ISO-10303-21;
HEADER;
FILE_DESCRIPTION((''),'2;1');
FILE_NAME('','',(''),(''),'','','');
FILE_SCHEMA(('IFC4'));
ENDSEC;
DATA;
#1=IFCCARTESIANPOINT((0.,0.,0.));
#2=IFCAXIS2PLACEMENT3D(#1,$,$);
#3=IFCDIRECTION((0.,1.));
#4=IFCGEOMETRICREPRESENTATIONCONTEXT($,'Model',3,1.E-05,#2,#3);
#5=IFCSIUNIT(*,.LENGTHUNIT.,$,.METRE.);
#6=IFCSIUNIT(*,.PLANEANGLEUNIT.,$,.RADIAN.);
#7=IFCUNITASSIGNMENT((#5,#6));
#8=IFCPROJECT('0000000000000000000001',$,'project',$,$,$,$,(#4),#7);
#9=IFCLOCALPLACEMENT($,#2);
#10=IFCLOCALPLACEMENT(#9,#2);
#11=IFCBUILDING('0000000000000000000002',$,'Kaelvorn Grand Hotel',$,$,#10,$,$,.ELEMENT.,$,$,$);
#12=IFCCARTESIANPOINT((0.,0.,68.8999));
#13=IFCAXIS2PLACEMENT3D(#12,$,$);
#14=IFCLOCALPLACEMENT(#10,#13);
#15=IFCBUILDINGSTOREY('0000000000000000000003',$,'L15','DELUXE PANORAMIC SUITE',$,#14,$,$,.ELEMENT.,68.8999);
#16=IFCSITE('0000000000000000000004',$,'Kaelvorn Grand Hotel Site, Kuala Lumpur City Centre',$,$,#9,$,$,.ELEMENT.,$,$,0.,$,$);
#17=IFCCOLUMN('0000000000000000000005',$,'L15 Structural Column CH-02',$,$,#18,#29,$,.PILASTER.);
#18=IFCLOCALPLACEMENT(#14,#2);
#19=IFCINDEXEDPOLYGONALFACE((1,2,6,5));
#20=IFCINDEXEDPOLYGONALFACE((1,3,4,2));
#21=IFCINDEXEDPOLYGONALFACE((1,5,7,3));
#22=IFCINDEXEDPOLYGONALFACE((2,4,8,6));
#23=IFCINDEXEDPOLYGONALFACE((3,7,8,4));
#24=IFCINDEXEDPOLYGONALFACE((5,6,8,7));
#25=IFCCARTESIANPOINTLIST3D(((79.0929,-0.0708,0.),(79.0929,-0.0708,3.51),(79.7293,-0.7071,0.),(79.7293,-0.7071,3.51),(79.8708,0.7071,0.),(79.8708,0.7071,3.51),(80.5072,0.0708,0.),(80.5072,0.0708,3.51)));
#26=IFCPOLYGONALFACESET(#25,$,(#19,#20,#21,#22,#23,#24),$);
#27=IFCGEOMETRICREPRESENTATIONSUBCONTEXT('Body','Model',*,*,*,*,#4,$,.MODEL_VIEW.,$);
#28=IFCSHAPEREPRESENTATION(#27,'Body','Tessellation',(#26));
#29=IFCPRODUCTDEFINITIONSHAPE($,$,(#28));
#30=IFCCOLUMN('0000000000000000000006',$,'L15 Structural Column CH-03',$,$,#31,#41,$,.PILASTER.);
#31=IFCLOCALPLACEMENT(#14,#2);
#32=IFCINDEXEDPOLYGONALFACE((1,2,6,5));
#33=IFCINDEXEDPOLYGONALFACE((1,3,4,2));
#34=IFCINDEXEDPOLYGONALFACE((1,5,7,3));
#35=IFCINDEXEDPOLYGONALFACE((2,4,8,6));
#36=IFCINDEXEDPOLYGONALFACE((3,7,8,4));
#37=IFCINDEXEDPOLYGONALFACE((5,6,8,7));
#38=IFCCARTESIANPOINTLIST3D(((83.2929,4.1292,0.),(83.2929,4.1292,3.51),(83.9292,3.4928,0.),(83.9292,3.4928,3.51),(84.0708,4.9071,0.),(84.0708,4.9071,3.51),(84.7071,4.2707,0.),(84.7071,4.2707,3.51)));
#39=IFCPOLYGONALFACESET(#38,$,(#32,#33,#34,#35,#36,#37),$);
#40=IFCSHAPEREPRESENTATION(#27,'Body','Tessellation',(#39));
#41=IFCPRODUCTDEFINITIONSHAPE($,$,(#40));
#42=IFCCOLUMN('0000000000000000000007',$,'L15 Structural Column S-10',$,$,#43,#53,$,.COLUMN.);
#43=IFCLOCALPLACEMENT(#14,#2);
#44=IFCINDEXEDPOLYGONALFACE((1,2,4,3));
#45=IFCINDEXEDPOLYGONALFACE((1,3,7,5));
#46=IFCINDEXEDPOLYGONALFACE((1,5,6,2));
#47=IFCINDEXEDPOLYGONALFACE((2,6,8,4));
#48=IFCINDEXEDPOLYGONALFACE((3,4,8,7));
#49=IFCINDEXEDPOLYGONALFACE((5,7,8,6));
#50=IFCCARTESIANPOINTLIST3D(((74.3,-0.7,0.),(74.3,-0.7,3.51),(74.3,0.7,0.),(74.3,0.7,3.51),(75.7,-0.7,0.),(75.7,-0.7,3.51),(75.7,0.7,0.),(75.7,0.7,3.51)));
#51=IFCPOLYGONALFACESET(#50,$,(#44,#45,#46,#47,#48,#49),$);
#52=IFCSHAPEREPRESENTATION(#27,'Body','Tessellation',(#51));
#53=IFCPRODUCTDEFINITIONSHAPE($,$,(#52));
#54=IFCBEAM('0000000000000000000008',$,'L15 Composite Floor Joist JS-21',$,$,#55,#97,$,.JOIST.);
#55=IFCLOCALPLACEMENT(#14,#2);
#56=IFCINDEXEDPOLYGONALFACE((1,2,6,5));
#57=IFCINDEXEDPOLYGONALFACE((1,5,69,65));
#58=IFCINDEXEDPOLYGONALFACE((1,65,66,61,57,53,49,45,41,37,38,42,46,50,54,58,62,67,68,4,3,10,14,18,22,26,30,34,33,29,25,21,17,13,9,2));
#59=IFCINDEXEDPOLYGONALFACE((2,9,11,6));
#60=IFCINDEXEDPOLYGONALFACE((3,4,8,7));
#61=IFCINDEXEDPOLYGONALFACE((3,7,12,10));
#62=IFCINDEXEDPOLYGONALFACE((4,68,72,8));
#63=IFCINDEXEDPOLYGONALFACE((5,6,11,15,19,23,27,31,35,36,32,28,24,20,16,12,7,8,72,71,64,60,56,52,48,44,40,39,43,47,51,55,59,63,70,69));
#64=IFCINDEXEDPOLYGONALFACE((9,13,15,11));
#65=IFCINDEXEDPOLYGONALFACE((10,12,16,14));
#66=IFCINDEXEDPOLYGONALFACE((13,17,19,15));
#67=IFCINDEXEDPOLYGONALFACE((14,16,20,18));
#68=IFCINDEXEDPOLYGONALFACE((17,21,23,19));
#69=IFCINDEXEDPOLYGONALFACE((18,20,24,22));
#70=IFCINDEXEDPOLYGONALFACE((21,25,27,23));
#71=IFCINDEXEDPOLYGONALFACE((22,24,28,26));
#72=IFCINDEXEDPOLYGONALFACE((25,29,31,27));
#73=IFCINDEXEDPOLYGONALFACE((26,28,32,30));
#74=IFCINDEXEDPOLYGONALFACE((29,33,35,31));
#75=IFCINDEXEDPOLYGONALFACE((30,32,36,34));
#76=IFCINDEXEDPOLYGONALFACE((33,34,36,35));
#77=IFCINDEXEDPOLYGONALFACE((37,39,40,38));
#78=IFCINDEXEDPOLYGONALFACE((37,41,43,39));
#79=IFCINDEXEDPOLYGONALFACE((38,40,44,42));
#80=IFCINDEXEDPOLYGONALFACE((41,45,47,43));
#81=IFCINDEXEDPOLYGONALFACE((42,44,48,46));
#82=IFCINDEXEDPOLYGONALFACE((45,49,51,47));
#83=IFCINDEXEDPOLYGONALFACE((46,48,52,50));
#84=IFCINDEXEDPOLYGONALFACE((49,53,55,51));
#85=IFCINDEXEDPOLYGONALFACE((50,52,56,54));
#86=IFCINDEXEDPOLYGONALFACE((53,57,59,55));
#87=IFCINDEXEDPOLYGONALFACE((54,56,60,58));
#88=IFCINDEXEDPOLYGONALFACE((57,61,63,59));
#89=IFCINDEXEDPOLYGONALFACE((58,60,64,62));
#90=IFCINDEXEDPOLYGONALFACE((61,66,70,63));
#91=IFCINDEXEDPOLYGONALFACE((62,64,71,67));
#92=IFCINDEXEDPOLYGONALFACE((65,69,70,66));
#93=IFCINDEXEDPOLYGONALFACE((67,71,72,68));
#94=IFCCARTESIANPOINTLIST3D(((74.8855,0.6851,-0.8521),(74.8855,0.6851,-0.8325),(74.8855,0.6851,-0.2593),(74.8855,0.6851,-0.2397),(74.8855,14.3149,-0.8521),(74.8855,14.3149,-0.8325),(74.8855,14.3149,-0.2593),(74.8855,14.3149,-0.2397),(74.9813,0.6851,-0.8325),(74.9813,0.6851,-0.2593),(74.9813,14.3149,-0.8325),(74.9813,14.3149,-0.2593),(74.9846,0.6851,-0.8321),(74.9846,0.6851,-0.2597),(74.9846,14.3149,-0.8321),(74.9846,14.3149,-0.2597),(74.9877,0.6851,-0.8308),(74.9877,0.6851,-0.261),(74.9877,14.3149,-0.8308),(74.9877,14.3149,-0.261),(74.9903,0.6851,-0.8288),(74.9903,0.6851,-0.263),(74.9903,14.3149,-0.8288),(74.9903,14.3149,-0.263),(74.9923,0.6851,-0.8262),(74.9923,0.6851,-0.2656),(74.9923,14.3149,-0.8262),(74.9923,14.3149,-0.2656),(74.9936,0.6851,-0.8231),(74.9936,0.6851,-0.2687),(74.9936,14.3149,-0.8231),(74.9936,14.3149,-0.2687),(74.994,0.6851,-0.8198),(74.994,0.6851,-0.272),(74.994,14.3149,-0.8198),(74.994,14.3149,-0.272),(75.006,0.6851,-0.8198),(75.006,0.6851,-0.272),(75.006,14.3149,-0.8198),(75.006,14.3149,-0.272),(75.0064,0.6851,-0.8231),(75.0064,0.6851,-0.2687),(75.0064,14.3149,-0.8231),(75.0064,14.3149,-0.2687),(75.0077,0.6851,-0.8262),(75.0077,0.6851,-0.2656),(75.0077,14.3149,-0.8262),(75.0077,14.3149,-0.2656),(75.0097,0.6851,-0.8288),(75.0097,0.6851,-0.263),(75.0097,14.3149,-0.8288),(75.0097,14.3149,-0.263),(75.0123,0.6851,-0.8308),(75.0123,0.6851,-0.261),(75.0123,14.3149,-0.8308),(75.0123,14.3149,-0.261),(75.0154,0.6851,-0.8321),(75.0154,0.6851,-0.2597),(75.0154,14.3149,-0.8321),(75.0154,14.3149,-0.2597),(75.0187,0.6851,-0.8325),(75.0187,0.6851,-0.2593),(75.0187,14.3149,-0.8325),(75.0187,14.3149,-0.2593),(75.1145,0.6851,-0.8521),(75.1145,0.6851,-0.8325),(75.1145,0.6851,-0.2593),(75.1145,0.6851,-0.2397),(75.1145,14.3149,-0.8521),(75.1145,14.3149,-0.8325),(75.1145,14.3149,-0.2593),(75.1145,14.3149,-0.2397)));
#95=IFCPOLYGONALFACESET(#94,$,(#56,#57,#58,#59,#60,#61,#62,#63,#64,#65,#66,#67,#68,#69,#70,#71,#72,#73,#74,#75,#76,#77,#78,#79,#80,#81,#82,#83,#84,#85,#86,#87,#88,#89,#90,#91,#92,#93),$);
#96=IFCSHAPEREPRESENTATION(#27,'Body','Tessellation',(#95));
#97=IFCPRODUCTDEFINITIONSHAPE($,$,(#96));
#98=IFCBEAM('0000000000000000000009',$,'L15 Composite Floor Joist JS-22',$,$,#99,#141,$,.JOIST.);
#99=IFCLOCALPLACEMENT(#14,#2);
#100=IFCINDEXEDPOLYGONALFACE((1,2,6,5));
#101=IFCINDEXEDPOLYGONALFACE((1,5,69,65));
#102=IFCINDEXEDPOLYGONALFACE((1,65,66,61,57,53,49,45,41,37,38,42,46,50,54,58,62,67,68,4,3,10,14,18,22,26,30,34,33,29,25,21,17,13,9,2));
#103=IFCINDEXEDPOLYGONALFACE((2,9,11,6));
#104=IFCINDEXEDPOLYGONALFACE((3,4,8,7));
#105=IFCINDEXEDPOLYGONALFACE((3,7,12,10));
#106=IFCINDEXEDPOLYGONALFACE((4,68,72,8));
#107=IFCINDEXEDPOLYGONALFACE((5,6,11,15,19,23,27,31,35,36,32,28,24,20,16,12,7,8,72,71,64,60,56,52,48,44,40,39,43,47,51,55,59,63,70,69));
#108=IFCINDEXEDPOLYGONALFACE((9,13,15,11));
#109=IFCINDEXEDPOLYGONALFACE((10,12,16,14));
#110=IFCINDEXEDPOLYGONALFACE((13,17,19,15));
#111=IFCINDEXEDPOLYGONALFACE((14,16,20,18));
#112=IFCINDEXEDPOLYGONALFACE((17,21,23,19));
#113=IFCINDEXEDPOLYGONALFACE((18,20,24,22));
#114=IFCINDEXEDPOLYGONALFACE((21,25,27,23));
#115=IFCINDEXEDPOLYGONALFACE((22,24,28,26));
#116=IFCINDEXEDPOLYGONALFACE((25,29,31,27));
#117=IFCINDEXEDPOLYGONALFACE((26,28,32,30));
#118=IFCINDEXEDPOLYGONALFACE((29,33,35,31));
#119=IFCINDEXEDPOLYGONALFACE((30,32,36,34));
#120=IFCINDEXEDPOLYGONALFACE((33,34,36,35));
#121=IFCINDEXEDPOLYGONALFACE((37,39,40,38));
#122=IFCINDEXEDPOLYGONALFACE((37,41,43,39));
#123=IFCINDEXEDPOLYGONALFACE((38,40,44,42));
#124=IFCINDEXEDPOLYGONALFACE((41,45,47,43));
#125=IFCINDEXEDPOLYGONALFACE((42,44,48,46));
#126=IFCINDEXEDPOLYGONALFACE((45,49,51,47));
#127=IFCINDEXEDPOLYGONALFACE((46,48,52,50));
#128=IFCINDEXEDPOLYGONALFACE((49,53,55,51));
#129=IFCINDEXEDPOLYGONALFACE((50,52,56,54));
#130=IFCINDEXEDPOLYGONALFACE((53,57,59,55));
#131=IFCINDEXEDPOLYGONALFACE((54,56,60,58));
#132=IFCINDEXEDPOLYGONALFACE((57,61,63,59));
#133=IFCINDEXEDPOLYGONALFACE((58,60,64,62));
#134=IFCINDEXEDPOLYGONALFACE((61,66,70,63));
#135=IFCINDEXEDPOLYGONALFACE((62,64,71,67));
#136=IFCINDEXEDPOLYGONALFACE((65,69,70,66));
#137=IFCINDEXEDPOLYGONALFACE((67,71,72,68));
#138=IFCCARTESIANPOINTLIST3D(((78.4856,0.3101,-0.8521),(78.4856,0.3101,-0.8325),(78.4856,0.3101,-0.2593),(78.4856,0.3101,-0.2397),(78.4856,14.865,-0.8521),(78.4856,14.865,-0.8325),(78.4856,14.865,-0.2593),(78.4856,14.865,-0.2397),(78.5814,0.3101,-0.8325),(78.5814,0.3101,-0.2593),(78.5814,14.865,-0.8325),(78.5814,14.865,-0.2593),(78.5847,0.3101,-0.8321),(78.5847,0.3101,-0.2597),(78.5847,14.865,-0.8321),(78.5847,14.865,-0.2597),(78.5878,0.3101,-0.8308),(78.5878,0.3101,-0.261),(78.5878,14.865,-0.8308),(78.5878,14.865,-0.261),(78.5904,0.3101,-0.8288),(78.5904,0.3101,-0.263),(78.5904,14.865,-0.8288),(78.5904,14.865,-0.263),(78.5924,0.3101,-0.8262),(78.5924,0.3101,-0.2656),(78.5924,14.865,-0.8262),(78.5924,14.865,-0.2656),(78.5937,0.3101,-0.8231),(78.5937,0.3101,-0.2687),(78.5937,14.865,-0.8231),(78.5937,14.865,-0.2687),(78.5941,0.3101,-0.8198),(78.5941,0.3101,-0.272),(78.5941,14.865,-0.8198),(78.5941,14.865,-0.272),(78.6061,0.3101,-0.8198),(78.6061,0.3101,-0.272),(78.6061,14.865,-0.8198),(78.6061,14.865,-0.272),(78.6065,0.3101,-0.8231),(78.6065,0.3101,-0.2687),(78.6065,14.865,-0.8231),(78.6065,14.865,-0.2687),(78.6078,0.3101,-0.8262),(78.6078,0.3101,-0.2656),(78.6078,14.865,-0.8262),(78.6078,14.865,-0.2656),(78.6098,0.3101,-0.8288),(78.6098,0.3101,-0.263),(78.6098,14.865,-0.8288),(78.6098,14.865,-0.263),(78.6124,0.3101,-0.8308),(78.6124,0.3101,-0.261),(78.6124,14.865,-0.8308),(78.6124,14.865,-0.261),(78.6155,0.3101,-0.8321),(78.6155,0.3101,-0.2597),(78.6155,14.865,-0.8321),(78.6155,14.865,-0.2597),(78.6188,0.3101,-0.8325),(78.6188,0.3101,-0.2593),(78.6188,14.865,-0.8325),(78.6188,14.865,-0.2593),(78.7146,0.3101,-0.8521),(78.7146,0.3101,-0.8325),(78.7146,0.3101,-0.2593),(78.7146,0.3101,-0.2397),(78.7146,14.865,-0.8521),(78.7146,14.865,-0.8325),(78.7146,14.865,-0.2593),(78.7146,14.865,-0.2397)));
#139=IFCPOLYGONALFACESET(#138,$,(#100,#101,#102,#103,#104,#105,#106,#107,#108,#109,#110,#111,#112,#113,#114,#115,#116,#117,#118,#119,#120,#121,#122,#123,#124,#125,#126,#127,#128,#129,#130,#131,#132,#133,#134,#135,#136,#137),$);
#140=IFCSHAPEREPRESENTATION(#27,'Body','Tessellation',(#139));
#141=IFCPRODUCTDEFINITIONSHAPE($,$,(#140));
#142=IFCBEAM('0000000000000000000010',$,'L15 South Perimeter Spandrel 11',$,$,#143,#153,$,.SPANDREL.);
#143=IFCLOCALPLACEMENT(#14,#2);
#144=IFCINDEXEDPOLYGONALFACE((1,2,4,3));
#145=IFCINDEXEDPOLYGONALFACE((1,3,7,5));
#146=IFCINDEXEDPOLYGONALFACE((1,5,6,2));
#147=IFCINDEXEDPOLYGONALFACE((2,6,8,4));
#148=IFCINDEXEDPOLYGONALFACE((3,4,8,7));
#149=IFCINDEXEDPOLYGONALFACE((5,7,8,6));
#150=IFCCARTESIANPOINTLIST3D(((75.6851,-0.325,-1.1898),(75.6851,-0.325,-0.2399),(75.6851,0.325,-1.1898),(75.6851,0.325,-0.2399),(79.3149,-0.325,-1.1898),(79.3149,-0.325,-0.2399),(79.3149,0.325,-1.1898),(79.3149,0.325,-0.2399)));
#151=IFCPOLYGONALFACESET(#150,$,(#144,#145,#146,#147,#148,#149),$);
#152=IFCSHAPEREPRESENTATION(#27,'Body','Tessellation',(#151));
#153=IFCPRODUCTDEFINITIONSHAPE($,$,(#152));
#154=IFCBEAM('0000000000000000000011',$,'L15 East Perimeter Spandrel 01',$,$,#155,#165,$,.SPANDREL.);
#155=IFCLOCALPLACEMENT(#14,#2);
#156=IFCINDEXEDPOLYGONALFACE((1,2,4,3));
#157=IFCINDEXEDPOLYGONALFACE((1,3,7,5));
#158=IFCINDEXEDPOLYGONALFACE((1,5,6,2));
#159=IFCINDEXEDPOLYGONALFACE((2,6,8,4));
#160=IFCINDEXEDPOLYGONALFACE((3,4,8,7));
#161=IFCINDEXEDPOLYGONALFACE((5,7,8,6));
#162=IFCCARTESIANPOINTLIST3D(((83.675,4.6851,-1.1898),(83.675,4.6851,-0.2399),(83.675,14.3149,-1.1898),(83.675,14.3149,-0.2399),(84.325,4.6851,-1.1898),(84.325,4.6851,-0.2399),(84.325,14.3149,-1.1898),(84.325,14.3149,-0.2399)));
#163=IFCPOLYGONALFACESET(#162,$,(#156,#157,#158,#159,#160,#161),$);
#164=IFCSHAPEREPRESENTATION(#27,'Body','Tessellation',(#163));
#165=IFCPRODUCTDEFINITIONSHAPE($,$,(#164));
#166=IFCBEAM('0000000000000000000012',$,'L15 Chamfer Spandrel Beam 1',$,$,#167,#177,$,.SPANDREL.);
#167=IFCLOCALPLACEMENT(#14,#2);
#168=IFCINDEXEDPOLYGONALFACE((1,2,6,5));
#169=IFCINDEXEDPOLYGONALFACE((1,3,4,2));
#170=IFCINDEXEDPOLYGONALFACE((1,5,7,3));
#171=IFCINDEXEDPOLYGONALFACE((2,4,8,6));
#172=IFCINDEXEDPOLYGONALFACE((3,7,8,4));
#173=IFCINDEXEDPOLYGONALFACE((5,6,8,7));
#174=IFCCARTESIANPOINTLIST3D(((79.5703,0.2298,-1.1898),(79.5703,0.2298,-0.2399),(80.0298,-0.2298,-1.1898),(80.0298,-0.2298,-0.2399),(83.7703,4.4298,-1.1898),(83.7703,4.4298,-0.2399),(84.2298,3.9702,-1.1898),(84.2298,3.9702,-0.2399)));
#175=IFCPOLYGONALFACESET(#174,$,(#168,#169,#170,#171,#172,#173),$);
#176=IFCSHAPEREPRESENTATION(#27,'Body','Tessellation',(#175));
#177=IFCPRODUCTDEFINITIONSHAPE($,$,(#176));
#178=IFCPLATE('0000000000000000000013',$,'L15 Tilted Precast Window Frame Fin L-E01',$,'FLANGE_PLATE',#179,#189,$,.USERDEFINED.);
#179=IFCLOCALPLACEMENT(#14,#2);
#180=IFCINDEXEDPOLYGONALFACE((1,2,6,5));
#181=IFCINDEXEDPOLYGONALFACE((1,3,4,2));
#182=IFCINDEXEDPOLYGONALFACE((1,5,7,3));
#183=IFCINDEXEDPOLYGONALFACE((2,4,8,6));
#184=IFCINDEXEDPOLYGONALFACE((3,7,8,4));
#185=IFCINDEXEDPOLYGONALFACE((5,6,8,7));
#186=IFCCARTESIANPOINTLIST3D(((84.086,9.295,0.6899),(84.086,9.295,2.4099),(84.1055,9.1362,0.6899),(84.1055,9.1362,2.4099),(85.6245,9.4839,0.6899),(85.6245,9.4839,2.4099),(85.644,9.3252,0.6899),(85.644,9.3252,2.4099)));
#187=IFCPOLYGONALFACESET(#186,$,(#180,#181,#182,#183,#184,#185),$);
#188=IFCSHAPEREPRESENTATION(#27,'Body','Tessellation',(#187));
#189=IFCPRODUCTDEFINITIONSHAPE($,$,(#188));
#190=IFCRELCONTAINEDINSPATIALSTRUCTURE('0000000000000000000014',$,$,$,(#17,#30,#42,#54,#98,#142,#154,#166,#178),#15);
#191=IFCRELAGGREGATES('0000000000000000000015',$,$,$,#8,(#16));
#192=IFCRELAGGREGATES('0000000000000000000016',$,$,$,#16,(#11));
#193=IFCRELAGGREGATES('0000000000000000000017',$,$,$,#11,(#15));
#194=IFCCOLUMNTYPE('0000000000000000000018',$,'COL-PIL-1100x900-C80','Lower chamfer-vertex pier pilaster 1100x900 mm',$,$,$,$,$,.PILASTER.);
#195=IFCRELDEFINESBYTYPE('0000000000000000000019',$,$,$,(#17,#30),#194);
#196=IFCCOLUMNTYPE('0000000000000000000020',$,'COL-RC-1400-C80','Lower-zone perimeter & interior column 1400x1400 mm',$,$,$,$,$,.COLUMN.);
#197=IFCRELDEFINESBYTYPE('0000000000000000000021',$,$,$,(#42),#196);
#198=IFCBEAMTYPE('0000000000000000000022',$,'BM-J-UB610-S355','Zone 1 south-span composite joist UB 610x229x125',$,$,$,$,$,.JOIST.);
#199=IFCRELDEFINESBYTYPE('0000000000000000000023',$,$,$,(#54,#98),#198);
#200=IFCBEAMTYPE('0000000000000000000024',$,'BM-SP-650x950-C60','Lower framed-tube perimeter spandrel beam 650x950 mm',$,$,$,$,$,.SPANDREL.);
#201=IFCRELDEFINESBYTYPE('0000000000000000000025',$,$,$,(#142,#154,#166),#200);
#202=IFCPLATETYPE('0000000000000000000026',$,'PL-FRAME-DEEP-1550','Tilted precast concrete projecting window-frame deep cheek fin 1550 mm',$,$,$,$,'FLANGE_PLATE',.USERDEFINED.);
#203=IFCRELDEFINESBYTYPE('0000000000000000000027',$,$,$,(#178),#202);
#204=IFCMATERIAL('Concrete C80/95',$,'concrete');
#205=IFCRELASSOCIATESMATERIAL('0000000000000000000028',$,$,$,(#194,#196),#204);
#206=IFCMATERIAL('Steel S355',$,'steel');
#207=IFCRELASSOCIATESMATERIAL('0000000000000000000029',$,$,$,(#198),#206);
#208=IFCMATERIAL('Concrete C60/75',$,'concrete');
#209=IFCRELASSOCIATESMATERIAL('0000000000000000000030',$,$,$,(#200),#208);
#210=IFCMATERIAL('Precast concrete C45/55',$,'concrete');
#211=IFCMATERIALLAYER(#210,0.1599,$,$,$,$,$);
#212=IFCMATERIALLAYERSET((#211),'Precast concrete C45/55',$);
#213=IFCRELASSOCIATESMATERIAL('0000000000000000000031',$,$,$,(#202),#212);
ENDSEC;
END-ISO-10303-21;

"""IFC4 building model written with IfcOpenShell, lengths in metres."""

from ifc_helpers import new_model, si_unit, direction, frame, origin, origin_2d, place, context, subcontext, project, spatial, rectangle, i_section, extrude, material, layer, layer_set, material_profile, profile_set, type_object, element, save


model = new_model("IFC4")

# Units and contexts
model_context = context("Model", 3, precision=1e-05, world=origin(), true_north=direction((0.0, 1.0)))
body_context = subcontext(model_context, "Body", "Model", "MODEL_VIEW")
ifc_project = project(units=[si_unit("LENGTHUNIT", "METRE"), si_unit("PLANEANGLEUNIT", "RADIAN")], contexts=[model_context])

# Site, building, storey
site_placement = place(None, origin())
site = spatial("IfcSite", under=ifc_project, at=site_placement, Name="Kaelvorn Grand Hotel Site, Kuala Lumpur City Centre", CompositionType="ELEMENT", RefElevation=0.0)
building_placement = place(site_placement, origin())
building = spatial("IfcBuilding", under=site, at=building_placement, Name="Kaelvorn Grand Hotel", CompositionType="ELEMENT")
storey_placement = place(building_placement, frame((0.0, 0.0, 68.8999)))
storey = spatial("IfcBuildingStorey", under=building, at=storey_placement, Name="L15", Description="DELUXE PANORAMIC SUITE", CompositionType="ELEMENT", Elevation=68.8999)

# Columns
ifc_material_1 = material(Name="Concrete C80/95", Category="concrete")
ifc_material_profile_1 = material_profile(ifc_material_1, rectangle(XDim=1.1001, YDim=0.8999, at=origin_2d()), Name="RC PILASTER 1100x900")
ifc_profile_set_1 = profile_set([ifc_material_profile_1], Name="Concrete C80/95")
column_type_1 = type_object("IfcColumnType", Name="COL-PIL-1100x900-C80", Description="Lower chamfer-vertex pier pilaster 1100x900 mm", PredefinedType="PILASTER", material=ifc_profile_set_1)
for number, where, z_axis, x_axis, name in (
    (1, (79.8, 0.0, 0.0), (0.0, 0.0, 1.0), (0.707107, 0.707107, 0.0), "L15 Structural Column CH-02"),
    (2, (84.0, 4.2, 0.0), (0.0, 0.0, 1.0), (0.707107, 0.707107, 0.0), "L15 Structural Column CH-03"),
):
    element("IfcColumn", number, at=place(storey_placement, frame(where, z_axis=z_axis, x_axis=x_axis)), inside=storey, type_object=column_type_1, Name=name, PredefinedType="PILASTER", context=body_context, shape_type="SweptSolid", body=[
        extrude(rectangle(XDim=1.1001, YDim=0.8999, at=origin_2d()), origin(), (0.0, 0.0, 1.0), 3.51),
    ])
ifc_material_profile_2 = material_profile(ifc_material_1, rectangle(XDim=1.3999, YDim=1.3999, at=origin_2d()), Name="RC COL 1400x1400")
ifc_profile_set_2 = profile_set([ifc_material_profile_2], Name="Concrete C80/95")
column_type_2 = type_object("IfcColumnType", Name="COL-RC-1400-C80", Description="Lower-zone perimeter & interior column 1400x1400 mm", PredefinedType="COLUMN", material=ifc_profile_set_2)
column_placement = place(storey_placement, frame((75.0, 0.0, 0.0), z_axis=(0.0, 0.0, 1.0), x_axis=(1.0, 0.0, 0.0)))
element("IfcColumn", 3, at=column_placement, inside=storey, type_object=column_type_2, Name="L15 Structural Column S-10", PredefinedType="COLUMN", context=body_context, shape_type="SweptSolid", body=[
    extrude(rectangle(XDim=1.3999, YDim=1.3999, at=origin_2d()), origin(), (0.0, 0.0, 1.0), 3.51),
])

# Beams
ifc_material_2 = material(Name="Steel S355", Category="steel")
ifc_material_profile_3 = material_profile(ifc_material_2, i_section(OverallWidth=0.229, OverallDepth=0.6123, WebThickness=0.012, FlangeThickness=0.0195, FilletRadius=0.0127, at=origin_2d()), Name="UB 610x229x125")
ifc_profile_set_3 = profile_set([ifc_material_profile_3], Name="Steel S355")
beam_type_1 = type_object("IfcBeamType", Name="BM-J-UB610-S355", Description="Zone 1 south-span composite joist UB 610x229x125", PredefinedType="JOIST", material=ifc_profile_set_3)
beam_1_placement = place(storey_placement, frame((75.0, 0.6851, -0.5459), z_axis=(0.0, 1.0, 0.0), x_axis=(-1.0, 0.0, 0.0)))
element("IfcBeam", 4, at=beam_1_placement, inside=storey, type_object=beam_type_1, Name="L15 Composite Floor Joist JS-21", PredefinedType="JOIST", context=body_context, shape_type="SweptSolid", body=[
    extrude(i_section(OverallWidth=0.229, OverallDepth=0.6123, WebThickness=0.012, FlangeThickness=0.0195, FilletRadius=0.0127, at=origin_2d()), origin(), (0.0, 0.0, 1.0), 13.6299),
])
beam_2_placement = place(storey_placement, frame((78.6001, 0.3101, -0.5459), z_axis=(0.0, 1.0, 0.0), x_axis=(-1.0, 0.0, 0.0)))
element("IfcBeam", 5, at=beam_2_placement, inside=storey, type_object=beam_type_1, Name="L15 Composite Floor Joist JS-22", PredefinedType="JOIST", context=body_context, shape_type="SweptSolid", body=[
    extrude(i_section(OverallWidth=0.229, OverallDepth=0.6123, WebThickness=0.012, FlangeThickness=0.0195, FilletRadius=0.0127, at=origin_2d()), origin(), (0.0, 0.0, 1.0), 14.5549),
])
ifc_material_3 = material(Name="Concrete C60/75", Category="concrete")
ifc_material_profile_4 = material_profile(ifc_material_3, rectangle(XDim=0.6499, YDim=0.95, at=origin_2d()), Name="RC SPANDREL 650x950")
ifc_profile_set_4 = profile_set([ifc_material_profile_4], Name="Concrete C60/75")
beam_type_2 = type_object("IfcBeamType", Name="BM-SP-650x950-C60", Description="Lower framed-tube perimeter spandrel beam 650x950 mm", PredefinedType="SPANDREL", material=ifc_profile_set_4)
beam_3_placement = place(storey_placement, frame((75.6851, 0.0, -0.7148), z_axis=(1.0, 0.0, 0.0), x_axis=(0.0, 1.0, 0.0)))
element("IfcBeam", 6, at=beam_3_placement, inside=storey, type_object=beam_type_2, Name="L15 South Perimeter Spandrel 11", PredefinedType="SPANDREL", context=body_context, shape_type="SweptSolid", body=[
    extrude(rectangle(XDim=0.6499, YDim=0.95, at=origin_2d()), origin(), (0.0, 0.0, 1.0), 3.6299),
])
beam_4_placement = place(storey_placement, frame((84.0, 4.6851, -0.7148), z_axis=(0.0, 1.0, 0.0), x_axis=(-1.0, 0.0, 0.0)))
element("IfcBeam", 7, at=beam_4_placement, inside=storey, type_object=beam_type_2, Name="L15 East Perimeter Spandrel 01", PredefinedType="SPANDREL", context=body_context, shape_type="SweptSolid", body=[
    extrude(rectangle(XDim=0.6499, YDim=0.95, at=origin_2d()), origin(), (0.0, 0.0, 1.0), 9.6299),
])
beam_5_placement = place(storey_placement, frame((79.8, 0.0, -0.7148), z_axis=(0.707107, 0.707107, 0.0), x_axis=(-0.707107, 0.707107, 0.0)))
element("IfcBeam", 8, at=beam_5_placement, inside=storey, type_object=beam_type_2, Name="L15 Chamfer Spandrel Beam 1", PredefinedType="SPANDREL", context=body_context, shape_type="SweptSolid", body=[
    extrude(rectangle(XDim=0.6499, YDim=0.95, at=origin_2d()), origin(), (0.0, 0.0, 1.0), 5.9397),
])

# Plate
ifc_material_4 = material(Name="Precast concrete C45/55", Category="concrete")
ifc_layer_1 = layer(ifc_material_4, 0.1599)
ifc_layer_set_1 = layer_set([ifc_layer_1], Name="Precast concrete C45/55")
plate_type_1 = type_object("IfcPlateType", Name="PL-FRAME-DEEP-1550", Description="Tilted precast concrete projecting window-frame deep cheek fin 1550 mm", ElementType="FLANGE_PLATE", PredefinedType="USERDEFINED", material=ifc_layer_set_1)
plate_1_placement = place(storey_placement, frame((84.865, 9.3101, 0.6899), z_axis=(0.0, 0.0, 1.0), x_axis=(-0.121869, 0.992546, 0.0)))
element("IfcPlate", 9, at=plate_1_placement, inside=storey, type_object=plate_type_1, Name="L15 Tilted Precast Window Frame Fin L-E01", ObjectType="FLANGE_PLATE", PredefinedType="USERDEFINED", context=body_context, shape_type="SweptSolid", body=[
    extrude(rectangle(XDim=0.1599, YDim=1.55, at=origin_2d()), origin(), (0.0, 0.0, 1.0), 1.72),
])

save(model, "model.ifc")
